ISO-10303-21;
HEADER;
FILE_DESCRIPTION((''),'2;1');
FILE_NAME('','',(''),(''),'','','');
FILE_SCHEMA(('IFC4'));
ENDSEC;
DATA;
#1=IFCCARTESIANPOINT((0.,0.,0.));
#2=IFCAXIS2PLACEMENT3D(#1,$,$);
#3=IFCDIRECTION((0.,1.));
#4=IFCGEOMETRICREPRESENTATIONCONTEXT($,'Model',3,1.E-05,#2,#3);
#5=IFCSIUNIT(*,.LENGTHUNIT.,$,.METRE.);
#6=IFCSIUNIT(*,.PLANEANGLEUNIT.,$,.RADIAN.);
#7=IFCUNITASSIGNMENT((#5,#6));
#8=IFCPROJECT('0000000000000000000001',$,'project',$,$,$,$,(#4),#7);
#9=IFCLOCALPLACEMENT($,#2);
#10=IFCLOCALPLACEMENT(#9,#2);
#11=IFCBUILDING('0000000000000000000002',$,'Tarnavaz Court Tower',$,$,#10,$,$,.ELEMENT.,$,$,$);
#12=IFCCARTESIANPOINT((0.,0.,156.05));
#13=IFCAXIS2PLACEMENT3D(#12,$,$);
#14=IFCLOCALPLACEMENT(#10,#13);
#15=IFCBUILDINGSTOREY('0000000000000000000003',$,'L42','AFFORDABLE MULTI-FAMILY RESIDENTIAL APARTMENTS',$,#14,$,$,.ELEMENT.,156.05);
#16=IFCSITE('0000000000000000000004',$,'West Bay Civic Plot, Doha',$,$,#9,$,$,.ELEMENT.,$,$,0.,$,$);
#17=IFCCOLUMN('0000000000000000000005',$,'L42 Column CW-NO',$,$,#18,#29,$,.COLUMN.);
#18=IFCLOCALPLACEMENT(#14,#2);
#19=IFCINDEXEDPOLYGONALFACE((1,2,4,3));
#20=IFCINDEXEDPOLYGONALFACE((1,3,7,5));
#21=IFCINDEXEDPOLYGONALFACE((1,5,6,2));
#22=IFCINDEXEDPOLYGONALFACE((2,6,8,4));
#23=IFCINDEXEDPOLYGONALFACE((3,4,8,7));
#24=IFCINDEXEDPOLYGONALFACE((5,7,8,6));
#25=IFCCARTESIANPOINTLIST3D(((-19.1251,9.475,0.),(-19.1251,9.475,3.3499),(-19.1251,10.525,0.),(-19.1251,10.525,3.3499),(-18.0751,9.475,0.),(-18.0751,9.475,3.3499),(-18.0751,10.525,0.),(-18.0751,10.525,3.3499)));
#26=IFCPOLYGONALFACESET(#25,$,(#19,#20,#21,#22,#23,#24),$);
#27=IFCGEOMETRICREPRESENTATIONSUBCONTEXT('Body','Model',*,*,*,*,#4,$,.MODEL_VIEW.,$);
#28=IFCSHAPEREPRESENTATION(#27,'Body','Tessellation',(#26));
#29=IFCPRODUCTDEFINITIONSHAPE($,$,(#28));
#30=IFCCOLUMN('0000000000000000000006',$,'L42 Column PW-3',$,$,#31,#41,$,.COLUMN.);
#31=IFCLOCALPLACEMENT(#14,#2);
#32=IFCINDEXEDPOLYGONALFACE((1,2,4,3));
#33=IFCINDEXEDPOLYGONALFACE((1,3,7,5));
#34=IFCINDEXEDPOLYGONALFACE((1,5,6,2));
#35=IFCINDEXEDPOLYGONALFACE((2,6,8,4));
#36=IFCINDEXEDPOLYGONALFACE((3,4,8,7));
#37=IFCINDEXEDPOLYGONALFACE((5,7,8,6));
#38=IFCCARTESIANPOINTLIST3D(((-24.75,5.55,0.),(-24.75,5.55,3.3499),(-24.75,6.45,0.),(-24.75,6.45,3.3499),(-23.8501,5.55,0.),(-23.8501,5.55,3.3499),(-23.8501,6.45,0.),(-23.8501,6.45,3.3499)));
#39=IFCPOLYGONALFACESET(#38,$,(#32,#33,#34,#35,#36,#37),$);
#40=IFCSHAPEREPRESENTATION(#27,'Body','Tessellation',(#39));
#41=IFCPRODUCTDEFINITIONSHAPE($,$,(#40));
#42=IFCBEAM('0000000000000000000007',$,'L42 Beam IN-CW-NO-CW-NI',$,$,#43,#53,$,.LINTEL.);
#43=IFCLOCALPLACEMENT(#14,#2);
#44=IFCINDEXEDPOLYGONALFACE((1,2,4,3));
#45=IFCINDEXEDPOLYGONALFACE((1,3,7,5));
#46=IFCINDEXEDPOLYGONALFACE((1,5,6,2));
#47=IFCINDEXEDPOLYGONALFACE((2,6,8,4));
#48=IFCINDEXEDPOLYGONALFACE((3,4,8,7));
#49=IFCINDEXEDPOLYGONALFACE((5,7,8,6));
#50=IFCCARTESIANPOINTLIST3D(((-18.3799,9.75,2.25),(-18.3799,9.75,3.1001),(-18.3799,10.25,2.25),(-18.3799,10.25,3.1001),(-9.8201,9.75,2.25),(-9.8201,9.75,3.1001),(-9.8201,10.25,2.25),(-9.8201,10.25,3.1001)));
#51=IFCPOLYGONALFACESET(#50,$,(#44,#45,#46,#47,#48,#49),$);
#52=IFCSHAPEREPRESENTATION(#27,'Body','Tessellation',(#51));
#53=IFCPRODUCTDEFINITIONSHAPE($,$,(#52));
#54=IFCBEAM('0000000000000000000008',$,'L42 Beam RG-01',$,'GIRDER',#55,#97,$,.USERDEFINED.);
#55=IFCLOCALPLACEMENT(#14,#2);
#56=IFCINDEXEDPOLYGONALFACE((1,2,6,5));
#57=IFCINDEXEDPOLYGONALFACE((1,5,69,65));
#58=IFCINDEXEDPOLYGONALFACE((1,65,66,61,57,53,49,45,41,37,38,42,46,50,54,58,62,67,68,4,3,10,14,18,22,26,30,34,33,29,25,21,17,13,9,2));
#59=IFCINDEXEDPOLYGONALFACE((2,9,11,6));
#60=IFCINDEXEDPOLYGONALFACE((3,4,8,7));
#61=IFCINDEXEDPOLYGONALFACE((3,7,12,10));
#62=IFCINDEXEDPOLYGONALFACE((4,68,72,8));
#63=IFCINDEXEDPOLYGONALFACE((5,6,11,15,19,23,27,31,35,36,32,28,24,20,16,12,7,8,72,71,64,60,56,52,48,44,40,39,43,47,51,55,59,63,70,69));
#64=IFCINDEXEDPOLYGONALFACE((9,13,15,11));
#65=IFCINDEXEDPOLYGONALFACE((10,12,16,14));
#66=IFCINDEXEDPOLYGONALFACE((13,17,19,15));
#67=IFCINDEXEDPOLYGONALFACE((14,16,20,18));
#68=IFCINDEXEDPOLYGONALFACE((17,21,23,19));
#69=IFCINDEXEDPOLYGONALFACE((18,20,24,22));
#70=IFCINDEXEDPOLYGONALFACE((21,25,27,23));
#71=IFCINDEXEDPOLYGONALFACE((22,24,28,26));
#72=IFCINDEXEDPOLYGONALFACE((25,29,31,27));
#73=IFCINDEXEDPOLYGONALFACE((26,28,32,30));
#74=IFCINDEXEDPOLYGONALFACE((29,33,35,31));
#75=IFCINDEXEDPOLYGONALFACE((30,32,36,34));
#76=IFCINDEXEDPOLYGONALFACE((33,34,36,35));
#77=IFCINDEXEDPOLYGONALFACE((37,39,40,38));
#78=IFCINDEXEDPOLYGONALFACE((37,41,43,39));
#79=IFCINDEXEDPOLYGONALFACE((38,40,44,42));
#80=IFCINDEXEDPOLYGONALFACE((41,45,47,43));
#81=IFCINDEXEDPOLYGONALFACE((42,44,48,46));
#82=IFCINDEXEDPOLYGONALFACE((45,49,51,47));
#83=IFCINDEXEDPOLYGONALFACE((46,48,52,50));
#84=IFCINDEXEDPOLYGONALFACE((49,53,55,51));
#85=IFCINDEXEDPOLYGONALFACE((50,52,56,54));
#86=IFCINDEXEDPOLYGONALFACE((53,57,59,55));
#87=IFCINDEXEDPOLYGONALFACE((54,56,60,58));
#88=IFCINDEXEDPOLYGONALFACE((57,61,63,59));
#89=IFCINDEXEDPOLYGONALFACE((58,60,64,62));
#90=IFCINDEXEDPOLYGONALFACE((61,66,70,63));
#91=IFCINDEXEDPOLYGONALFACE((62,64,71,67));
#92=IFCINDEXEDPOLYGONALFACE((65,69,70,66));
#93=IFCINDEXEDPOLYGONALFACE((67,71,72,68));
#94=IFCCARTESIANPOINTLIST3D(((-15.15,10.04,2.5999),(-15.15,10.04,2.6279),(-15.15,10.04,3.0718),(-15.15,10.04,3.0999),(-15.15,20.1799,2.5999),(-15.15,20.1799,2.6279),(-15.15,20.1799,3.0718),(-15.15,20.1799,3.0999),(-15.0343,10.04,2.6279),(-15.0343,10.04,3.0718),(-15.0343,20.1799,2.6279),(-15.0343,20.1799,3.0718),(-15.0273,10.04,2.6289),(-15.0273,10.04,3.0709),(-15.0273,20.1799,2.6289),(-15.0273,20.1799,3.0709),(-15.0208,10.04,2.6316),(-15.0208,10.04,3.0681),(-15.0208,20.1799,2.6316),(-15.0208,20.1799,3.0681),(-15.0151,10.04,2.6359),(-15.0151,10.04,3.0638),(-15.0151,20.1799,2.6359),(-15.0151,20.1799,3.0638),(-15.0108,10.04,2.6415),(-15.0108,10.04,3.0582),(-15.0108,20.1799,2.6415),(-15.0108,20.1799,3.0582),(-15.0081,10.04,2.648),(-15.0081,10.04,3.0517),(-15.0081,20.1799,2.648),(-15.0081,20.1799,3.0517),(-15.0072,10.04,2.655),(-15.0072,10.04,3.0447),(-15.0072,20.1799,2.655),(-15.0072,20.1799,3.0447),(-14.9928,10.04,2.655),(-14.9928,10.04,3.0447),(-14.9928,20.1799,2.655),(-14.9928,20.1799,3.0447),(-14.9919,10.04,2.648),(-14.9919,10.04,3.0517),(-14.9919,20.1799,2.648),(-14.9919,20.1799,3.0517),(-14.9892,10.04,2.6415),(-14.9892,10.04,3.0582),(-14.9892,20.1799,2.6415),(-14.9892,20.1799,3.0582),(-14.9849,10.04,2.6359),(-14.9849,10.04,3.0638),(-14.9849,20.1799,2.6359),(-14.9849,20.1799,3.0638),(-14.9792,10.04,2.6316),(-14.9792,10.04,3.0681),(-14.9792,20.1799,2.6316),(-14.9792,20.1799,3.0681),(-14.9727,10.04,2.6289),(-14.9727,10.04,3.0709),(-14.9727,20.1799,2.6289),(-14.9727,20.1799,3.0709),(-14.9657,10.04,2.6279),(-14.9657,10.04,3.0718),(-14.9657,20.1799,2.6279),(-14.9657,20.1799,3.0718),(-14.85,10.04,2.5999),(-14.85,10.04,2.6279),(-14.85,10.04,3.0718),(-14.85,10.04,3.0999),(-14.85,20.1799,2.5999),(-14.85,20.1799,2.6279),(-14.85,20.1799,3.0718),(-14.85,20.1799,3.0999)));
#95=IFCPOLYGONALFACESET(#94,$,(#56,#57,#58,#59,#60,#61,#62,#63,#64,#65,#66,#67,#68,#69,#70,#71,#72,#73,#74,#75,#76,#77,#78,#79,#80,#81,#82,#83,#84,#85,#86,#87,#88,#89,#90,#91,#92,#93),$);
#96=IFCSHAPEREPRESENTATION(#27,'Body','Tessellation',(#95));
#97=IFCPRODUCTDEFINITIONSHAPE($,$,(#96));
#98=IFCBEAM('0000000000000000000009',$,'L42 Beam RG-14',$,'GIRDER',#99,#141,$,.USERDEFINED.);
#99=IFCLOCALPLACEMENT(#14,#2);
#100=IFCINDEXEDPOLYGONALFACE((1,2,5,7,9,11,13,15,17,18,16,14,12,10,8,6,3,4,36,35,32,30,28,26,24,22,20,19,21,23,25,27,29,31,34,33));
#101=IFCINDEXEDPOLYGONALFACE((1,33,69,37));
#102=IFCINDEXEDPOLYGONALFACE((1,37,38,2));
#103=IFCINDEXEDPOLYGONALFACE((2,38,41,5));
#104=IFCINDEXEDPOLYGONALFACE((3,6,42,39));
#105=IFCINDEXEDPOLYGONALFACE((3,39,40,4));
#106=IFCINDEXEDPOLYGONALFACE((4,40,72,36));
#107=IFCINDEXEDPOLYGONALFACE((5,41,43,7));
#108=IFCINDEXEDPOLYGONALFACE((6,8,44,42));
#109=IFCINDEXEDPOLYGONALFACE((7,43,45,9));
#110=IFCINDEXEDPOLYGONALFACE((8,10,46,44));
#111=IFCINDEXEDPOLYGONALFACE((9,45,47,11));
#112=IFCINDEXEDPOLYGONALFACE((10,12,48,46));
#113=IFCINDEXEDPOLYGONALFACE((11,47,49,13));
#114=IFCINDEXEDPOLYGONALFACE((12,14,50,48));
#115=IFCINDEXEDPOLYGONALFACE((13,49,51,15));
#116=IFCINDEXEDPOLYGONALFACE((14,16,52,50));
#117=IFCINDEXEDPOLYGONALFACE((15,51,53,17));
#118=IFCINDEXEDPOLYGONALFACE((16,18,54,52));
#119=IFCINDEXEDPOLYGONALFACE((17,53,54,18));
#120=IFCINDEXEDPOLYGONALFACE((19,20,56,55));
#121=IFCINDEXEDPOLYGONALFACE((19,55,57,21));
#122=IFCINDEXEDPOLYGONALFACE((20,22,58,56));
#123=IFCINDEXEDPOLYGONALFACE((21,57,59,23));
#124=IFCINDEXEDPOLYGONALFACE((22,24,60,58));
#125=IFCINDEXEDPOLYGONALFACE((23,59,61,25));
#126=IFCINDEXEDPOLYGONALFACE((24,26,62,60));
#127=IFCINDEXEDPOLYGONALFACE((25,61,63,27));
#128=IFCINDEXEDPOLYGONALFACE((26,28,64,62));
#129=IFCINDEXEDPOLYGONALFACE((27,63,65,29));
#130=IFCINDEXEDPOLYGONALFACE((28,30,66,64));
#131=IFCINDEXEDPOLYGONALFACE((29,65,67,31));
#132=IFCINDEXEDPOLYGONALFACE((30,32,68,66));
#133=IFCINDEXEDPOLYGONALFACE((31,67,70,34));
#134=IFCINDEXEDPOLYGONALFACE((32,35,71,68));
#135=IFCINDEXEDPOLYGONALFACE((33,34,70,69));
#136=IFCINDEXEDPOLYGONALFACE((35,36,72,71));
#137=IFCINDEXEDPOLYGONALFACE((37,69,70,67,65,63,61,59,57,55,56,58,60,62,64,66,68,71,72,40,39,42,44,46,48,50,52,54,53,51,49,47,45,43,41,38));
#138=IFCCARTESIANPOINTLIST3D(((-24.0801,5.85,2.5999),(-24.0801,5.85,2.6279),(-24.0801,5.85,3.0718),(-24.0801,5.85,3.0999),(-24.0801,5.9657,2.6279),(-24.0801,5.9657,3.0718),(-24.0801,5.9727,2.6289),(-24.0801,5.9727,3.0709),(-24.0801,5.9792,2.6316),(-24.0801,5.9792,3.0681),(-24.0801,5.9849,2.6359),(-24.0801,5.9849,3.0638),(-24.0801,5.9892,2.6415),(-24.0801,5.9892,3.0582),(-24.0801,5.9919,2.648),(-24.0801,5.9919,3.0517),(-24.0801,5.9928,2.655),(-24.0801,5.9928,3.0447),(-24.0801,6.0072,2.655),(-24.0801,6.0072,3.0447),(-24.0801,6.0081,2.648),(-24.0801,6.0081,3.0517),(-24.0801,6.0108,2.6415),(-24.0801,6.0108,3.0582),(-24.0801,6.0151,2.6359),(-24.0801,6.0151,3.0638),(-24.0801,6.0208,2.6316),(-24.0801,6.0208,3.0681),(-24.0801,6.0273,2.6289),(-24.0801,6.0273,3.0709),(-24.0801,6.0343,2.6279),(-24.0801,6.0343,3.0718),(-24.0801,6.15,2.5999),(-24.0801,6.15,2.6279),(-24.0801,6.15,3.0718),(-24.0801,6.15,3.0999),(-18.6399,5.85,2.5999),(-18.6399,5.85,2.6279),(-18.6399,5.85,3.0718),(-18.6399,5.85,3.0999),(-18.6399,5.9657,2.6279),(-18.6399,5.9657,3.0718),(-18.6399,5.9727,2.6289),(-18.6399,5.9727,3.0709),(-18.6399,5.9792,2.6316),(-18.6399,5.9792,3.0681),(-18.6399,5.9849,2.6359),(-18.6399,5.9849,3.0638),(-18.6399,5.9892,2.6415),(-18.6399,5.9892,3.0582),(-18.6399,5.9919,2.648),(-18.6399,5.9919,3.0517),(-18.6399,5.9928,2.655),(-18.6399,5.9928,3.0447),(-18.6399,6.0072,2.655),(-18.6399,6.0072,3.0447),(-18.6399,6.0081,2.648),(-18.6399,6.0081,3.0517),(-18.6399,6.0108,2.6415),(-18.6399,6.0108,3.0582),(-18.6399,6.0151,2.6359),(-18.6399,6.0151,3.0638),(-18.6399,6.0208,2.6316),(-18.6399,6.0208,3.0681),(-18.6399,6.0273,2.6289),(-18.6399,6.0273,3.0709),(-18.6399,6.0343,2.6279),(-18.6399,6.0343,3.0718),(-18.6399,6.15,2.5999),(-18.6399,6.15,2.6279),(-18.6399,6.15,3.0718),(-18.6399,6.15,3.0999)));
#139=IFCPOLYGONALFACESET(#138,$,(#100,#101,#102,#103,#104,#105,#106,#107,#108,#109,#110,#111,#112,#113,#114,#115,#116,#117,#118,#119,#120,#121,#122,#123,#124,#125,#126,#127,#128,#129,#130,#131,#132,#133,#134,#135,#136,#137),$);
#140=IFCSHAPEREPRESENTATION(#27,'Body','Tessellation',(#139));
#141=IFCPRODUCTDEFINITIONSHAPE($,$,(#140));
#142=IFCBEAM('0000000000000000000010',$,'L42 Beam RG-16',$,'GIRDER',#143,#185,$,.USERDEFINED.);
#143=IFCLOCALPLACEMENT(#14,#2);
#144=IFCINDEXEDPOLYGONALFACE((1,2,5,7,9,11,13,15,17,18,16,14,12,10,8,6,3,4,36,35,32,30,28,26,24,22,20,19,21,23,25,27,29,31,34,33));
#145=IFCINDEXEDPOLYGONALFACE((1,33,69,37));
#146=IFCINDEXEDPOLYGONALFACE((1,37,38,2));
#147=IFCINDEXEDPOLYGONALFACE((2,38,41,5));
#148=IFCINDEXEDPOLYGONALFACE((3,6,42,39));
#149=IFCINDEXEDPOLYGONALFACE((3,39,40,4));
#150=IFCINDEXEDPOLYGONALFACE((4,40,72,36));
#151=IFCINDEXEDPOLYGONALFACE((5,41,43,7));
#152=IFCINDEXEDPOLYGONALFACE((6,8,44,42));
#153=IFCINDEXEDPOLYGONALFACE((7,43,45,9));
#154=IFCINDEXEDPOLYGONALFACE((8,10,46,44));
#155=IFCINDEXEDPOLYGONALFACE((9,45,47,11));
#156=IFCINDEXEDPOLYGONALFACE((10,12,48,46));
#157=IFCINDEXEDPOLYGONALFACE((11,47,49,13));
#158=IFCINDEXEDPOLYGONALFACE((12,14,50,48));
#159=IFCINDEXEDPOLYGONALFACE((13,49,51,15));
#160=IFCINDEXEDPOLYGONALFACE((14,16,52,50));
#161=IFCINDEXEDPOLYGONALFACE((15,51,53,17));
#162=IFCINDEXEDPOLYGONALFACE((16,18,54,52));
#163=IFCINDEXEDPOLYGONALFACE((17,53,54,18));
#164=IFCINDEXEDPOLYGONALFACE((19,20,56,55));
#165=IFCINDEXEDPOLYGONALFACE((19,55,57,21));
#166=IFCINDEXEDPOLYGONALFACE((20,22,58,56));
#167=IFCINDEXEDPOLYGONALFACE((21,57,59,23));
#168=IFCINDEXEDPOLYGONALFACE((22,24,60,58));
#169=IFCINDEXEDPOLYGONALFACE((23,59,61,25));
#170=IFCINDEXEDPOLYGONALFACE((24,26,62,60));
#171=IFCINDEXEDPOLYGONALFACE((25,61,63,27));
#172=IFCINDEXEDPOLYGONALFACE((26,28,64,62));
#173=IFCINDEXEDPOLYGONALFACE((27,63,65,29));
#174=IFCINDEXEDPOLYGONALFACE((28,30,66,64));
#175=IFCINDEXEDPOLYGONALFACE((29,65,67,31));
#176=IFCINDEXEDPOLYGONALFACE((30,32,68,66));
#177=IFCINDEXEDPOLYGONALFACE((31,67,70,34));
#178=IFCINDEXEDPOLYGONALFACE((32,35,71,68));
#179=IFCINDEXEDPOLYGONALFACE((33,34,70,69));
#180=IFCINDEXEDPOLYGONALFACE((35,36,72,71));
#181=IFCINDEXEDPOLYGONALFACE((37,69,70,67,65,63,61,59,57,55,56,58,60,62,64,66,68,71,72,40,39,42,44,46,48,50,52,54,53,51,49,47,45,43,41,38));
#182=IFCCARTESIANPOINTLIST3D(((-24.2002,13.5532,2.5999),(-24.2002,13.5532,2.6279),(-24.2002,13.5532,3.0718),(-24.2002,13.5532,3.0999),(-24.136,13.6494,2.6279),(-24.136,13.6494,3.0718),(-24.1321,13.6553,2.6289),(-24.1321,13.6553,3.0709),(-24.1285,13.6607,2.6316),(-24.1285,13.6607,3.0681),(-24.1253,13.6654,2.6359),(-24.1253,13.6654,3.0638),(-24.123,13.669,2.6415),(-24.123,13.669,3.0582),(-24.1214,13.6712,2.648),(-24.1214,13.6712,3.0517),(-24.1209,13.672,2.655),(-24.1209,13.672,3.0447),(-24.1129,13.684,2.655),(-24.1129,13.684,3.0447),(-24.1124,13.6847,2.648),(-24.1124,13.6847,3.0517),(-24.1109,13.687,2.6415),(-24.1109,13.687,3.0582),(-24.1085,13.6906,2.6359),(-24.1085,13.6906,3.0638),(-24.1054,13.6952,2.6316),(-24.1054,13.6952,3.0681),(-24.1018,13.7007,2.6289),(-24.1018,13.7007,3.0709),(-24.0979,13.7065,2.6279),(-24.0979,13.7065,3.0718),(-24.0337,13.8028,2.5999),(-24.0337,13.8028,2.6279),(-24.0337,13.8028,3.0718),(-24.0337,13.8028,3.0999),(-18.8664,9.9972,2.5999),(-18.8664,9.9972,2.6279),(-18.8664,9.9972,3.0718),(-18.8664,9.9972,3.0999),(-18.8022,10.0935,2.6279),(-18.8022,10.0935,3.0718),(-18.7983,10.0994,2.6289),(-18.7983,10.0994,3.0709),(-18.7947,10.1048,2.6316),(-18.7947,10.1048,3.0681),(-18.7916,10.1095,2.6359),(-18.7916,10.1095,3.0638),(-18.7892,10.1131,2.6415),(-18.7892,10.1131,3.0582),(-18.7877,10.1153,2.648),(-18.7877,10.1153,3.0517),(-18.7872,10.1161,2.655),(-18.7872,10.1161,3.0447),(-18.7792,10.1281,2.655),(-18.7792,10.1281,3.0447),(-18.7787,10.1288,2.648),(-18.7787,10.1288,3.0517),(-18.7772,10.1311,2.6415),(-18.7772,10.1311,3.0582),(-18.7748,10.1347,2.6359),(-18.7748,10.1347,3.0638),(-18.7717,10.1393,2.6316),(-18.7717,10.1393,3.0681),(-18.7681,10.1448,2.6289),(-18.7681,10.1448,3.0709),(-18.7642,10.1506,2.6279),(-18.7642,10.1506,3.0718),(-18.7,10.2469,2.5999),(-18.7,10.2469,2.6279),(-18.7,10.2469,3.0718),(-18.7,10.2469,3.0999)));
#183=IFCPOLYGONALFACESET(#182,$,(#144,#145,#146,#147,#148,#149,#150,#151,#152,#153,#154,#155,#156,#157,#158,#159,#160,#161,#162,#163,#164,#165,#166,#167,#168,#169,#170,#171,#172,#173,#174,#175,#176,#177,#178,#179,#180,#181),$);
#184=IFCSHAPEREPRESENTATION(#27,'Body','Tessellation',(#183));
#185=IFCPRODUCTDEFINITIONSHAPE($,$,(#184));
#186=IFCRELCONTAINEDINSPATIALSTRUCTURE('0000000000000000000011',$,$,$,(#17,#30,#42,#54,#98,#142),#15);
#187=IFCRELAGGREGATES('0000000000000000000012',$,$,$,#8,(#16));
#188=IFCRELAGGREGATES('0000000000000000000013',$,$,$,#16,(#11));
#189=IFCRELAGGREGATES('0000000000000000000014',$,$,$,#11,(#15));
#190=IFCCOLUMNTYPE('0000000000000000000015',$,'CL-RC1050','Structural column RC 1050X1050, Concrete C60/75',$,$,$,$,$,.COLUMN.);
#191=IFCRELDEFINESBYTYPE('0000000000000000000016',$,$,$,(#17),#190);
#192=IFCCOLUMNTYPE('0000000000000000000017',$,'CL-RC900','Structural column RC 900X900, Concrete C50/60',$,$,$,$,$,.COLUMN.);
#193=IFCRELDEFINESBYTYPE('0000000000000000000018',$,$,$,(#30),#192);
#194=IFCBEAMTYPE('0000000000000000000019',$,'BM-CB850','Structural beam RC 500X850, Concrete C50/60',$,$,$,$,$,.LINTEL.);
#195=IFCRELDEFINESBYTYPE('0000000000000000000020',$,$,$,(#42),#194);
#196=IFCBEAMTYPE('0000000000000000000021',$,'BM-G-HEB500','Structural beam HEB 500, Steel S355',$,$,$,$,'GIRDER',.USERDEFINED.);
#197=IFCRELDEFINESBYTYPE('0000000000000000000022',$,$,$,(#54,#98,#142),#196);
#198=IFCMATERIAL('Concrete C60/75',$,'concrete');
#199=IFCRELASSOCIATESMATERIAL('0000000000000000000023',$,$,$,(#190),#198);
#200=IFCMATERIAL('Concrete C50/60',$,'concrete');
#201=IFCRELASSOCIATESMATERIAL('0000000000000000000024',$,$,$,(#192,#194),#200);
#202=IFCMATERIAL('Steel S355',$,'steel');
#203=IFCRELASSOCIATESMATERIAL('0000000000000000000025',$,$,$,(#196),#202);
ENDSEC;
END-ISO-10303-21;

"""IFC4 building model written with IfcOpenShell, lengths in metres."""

from ifc_helpers import new_model, si_unit, direction, frame, origin, origin_2d, place, context, subcontext, project, spatial, rectangle, i_section, extrude, material, material_profile, profile_set, type_object, element, save


model = new_model("IFC4")

# Units and contexts
model_context = context("Model", 3, precision=1e-05, world=origin(), true_north=direction((0.0, 1.0)))
body_context = subcontext(model_context, "Body", "Model", "MODEL_VIEW")
ifc_project = project(units=[si_unit("LENGTHUNIT", "METRE"), si_unit("PLANEANGLEUNIT", "RADIAN")], contexts=[model_context])

# Site, building, storey
site_placement = place(None, origin())
site = spatial("IfcSite", under=ifc_project, at=site_placement, Name="West Bay Civic Plot, Doha", CompositionType="ELEMENT", RefElevation=0.0)
building_placement = place(site_placement, origin())
building = spatial("IfcBuilding", under=site, at=building_placement, Name="Tarnavaz Court Tower", CompositionType="ELEMENT")
storey_placement = place(building_placement, frame((0.0, 0.0, 156.05)))
storey = spatial("IfcBuildingStorey", under=building, at=storey_placement, Name="L42", Description="AFFORDABLE MULTI-FAMILY RESIDENTIAL APARTMENTS", CompositionType="ELEMENT", Elevation=156.05)

# Columns
ifc_material_1 = material(Name="Concrete C60/75", Category="concrete")
ifc_material_profile_1 = material_profile(ifc_material_1, rectangle(XDim=1.05, YDim=1.05, at=origin_2d()), Name="RC 1050X1050")
ifc_profile_set_1 = profile_set([ifc_material_profile_1], Name="Concrete C60/75")
column_type_1 = type_object("IfcColumnType", Name="CL-RC1050", Description="Structural column RC 1050X1050, Concrete C60/75", PredefinedType="COLUMN", material=ifc_profile_set_1)
column_1_placement = place(storey_placement, frame((-18.6001, 10.0, 0.0), z_axis=(0.0, 0.0, 1.0), x_axis=(1.0, 0.0, 0.0)))
element("IfcColumn", 1, at=column_1_placement, inside=storey, type_object=column_type_1, Name="L42 Column CW-NO", PredefinedType="COLUMN", context=body_context, shape_type="SweptSolid", body=[
    extrude(rectangle(XDim=1.05, YDim=1.05, at=origin_2d()), origin(), (0.0, 0.0, 1.0), 3.3499),
])
ifc_material_2 = material(Name="Concrete C50/60", Category="concrete")
ifc_material_profile_2 = material_profile(ifc_material_2, rectangle(XDim=0.8999, YDim=0.8999, at=origin_2d()), Name="RC 900X900")
ifc_profile_set_2 = profile_set([ifc_material_profile_2], Name="Concrete C50/60")
column_type_2 = type_object("IfcColumnType", Name="CL-RC900", Description="Structural column RC 900X900, Concrete C50/60", PredefinedType="COLUMN", material=ifc_profile_set_2)
column_2_placement = place(storey_placement, frame((-24.3, 6.0, 0.0), z_axis=(0.0, 0.0, 1.0), x_axis=(1.0, 0.0, 0.0)))
element("IfcColumn", 2, at=column_2_placement, inside=storey, type_object=column_type_2, Name="L42 Column PW-3", PredefinedType="COLUMN", context=body_context, shape_type="SweptSolid", body=[
    extrude(rectangle(XDim=0.8999, YDim=0.8999, at=origin_2d()), origin(), (0.0, 0.0, 1.0), 3.3499),
])

# Beams
ifc_material_profile_3 = material_profile(ifc_material_2, rectangle(XDim=0.5, YDim=0.8501, at=origin_2d()), Name="RC 500X850")
ifc_profile_set_3 = profile_set([ifc_material_profile_3], Name="Concrete C50/60")
beam_type_1 = type_object("IfcBeamType", Name="BM-CB850", Description="Structural beam RC 500X850, Concrete C50/60", PredefinedType="LINTEL", material=ifc_profile_set_3)
beam_1_placement = place(storey_placement, frame((-18.3799, 10.0, 2.675), z_axis=(1.0, 0.0, 0.0), x_axis=(0.0, 1.0, 0.0)))
element("IfcBeam", 3, at=beam_1_placement, inside=storey, type_object=beam_type_1, Name="L42 Beam IN-CW-NO-CW-NI", PredefinedType="LINTEL", context=body_context, shape_type="SweptSolid", body=[
    extrude(rectangle(XDim=0.5, YDim=0.8501, at=origin_2d()), origin(), (0.0, 0.0, 1.0), 8.5598),
])
ifc_material_3 = material(Name="Steel S355", Category="steel")
ifc_material_profile_4 = material_profile(ifc_material_3, i_section(OverallWidth=0.3, OverallDepth=0.5, WebThickness=0.0144, FlangeThickness=0.0281, FilletRadius=0.0271, at=origin_2d()), Name="HEB 500")
ifc_profile_set_4 = profile_set([ifc_material_profile_4], Name="Steel S355")
beam_type_2 = type_object("IfcBeamType", Name="BM-G-HEB500", Description="Structural beam HEB 500, Steel S355", ElementType="GIRDER", PredefinedType="USERDEFINED", material=ifc_profile_set_4)
beam_2_placement = place(storey_placement, frame((-15.0, 10.04, 2.8499), z_axis=(0.0, 1.0, 0.0), x_axis=(-1.0, 0.0, 0.0)))
element("IfcBeam", 4, at=beam_2_placement, inside=storey, type_object=beam_type_2, Name="L42 Beam RG-01", ObjectType="GIRDER", PredefinedType="USERDEFINED", context=body_context, shape_type="SweptSolid", body=[
    extrude(i_section(OverallWidth=0.3, OverallDepth=0.5, WebThickness=0.0144, FlangeThickness=0.0281, FilletRadius=0.0271, at=origin_2d()), origin(), (0.0, 0.0, 1.0), 10.1399),
])
beam_3_placement = place(storey_placement, frame((-18.6399, 6.0, 2.8499), z_axis=(-1.0, 0.0, 0.0), x_axis=(0.0, -1.0, 0.0)))
element("IfcBeam", 5, at=beam_3_placement, inside=storey, type_object=beam_type_2, Name="L42 Beam RG-14", ObjectType="GIRDER", PredefinedType="USERDEFINED", context=body_context, shape_type="SweptSolid", body=[
    extrude(i_section(OverallWidth=0.3, OverallDepth=0.5, WebThickness=0.0144, FlangeThickness=0.0281, FilletRadius=0.0271, at=origin_2d()), origin(), (0.0, 0.0, 1.0), 5.4402),
])
beam_4_placement = place(storey_placement, frame((-18.7832, 10.1221, 2.8499), z_axis=(-0.832044, 0.554709, 0.0), x_axis=(-0.554709, -0.832044, 0.0)))
element("IfcBeam", 6, at=beam_4_placement, inside=storey, type_object=beam_type_2, Name="L42 Beam RG-16", ObjectType="GIRDER", PredefinedType="USERDEFINED", context=body_context, shape_type="SweptSolid", body=[
    extrude(i_section(OverallWidth=0.3, OverallDepth=0.5, WebThickness=0.0144, FlangeThickness=0.0281, FilletRadius=0.0271, at=origin_2d()), origin(), (0.0, 0.0, 1.0), 6.4104),
])

save(model, "model.ifc")
